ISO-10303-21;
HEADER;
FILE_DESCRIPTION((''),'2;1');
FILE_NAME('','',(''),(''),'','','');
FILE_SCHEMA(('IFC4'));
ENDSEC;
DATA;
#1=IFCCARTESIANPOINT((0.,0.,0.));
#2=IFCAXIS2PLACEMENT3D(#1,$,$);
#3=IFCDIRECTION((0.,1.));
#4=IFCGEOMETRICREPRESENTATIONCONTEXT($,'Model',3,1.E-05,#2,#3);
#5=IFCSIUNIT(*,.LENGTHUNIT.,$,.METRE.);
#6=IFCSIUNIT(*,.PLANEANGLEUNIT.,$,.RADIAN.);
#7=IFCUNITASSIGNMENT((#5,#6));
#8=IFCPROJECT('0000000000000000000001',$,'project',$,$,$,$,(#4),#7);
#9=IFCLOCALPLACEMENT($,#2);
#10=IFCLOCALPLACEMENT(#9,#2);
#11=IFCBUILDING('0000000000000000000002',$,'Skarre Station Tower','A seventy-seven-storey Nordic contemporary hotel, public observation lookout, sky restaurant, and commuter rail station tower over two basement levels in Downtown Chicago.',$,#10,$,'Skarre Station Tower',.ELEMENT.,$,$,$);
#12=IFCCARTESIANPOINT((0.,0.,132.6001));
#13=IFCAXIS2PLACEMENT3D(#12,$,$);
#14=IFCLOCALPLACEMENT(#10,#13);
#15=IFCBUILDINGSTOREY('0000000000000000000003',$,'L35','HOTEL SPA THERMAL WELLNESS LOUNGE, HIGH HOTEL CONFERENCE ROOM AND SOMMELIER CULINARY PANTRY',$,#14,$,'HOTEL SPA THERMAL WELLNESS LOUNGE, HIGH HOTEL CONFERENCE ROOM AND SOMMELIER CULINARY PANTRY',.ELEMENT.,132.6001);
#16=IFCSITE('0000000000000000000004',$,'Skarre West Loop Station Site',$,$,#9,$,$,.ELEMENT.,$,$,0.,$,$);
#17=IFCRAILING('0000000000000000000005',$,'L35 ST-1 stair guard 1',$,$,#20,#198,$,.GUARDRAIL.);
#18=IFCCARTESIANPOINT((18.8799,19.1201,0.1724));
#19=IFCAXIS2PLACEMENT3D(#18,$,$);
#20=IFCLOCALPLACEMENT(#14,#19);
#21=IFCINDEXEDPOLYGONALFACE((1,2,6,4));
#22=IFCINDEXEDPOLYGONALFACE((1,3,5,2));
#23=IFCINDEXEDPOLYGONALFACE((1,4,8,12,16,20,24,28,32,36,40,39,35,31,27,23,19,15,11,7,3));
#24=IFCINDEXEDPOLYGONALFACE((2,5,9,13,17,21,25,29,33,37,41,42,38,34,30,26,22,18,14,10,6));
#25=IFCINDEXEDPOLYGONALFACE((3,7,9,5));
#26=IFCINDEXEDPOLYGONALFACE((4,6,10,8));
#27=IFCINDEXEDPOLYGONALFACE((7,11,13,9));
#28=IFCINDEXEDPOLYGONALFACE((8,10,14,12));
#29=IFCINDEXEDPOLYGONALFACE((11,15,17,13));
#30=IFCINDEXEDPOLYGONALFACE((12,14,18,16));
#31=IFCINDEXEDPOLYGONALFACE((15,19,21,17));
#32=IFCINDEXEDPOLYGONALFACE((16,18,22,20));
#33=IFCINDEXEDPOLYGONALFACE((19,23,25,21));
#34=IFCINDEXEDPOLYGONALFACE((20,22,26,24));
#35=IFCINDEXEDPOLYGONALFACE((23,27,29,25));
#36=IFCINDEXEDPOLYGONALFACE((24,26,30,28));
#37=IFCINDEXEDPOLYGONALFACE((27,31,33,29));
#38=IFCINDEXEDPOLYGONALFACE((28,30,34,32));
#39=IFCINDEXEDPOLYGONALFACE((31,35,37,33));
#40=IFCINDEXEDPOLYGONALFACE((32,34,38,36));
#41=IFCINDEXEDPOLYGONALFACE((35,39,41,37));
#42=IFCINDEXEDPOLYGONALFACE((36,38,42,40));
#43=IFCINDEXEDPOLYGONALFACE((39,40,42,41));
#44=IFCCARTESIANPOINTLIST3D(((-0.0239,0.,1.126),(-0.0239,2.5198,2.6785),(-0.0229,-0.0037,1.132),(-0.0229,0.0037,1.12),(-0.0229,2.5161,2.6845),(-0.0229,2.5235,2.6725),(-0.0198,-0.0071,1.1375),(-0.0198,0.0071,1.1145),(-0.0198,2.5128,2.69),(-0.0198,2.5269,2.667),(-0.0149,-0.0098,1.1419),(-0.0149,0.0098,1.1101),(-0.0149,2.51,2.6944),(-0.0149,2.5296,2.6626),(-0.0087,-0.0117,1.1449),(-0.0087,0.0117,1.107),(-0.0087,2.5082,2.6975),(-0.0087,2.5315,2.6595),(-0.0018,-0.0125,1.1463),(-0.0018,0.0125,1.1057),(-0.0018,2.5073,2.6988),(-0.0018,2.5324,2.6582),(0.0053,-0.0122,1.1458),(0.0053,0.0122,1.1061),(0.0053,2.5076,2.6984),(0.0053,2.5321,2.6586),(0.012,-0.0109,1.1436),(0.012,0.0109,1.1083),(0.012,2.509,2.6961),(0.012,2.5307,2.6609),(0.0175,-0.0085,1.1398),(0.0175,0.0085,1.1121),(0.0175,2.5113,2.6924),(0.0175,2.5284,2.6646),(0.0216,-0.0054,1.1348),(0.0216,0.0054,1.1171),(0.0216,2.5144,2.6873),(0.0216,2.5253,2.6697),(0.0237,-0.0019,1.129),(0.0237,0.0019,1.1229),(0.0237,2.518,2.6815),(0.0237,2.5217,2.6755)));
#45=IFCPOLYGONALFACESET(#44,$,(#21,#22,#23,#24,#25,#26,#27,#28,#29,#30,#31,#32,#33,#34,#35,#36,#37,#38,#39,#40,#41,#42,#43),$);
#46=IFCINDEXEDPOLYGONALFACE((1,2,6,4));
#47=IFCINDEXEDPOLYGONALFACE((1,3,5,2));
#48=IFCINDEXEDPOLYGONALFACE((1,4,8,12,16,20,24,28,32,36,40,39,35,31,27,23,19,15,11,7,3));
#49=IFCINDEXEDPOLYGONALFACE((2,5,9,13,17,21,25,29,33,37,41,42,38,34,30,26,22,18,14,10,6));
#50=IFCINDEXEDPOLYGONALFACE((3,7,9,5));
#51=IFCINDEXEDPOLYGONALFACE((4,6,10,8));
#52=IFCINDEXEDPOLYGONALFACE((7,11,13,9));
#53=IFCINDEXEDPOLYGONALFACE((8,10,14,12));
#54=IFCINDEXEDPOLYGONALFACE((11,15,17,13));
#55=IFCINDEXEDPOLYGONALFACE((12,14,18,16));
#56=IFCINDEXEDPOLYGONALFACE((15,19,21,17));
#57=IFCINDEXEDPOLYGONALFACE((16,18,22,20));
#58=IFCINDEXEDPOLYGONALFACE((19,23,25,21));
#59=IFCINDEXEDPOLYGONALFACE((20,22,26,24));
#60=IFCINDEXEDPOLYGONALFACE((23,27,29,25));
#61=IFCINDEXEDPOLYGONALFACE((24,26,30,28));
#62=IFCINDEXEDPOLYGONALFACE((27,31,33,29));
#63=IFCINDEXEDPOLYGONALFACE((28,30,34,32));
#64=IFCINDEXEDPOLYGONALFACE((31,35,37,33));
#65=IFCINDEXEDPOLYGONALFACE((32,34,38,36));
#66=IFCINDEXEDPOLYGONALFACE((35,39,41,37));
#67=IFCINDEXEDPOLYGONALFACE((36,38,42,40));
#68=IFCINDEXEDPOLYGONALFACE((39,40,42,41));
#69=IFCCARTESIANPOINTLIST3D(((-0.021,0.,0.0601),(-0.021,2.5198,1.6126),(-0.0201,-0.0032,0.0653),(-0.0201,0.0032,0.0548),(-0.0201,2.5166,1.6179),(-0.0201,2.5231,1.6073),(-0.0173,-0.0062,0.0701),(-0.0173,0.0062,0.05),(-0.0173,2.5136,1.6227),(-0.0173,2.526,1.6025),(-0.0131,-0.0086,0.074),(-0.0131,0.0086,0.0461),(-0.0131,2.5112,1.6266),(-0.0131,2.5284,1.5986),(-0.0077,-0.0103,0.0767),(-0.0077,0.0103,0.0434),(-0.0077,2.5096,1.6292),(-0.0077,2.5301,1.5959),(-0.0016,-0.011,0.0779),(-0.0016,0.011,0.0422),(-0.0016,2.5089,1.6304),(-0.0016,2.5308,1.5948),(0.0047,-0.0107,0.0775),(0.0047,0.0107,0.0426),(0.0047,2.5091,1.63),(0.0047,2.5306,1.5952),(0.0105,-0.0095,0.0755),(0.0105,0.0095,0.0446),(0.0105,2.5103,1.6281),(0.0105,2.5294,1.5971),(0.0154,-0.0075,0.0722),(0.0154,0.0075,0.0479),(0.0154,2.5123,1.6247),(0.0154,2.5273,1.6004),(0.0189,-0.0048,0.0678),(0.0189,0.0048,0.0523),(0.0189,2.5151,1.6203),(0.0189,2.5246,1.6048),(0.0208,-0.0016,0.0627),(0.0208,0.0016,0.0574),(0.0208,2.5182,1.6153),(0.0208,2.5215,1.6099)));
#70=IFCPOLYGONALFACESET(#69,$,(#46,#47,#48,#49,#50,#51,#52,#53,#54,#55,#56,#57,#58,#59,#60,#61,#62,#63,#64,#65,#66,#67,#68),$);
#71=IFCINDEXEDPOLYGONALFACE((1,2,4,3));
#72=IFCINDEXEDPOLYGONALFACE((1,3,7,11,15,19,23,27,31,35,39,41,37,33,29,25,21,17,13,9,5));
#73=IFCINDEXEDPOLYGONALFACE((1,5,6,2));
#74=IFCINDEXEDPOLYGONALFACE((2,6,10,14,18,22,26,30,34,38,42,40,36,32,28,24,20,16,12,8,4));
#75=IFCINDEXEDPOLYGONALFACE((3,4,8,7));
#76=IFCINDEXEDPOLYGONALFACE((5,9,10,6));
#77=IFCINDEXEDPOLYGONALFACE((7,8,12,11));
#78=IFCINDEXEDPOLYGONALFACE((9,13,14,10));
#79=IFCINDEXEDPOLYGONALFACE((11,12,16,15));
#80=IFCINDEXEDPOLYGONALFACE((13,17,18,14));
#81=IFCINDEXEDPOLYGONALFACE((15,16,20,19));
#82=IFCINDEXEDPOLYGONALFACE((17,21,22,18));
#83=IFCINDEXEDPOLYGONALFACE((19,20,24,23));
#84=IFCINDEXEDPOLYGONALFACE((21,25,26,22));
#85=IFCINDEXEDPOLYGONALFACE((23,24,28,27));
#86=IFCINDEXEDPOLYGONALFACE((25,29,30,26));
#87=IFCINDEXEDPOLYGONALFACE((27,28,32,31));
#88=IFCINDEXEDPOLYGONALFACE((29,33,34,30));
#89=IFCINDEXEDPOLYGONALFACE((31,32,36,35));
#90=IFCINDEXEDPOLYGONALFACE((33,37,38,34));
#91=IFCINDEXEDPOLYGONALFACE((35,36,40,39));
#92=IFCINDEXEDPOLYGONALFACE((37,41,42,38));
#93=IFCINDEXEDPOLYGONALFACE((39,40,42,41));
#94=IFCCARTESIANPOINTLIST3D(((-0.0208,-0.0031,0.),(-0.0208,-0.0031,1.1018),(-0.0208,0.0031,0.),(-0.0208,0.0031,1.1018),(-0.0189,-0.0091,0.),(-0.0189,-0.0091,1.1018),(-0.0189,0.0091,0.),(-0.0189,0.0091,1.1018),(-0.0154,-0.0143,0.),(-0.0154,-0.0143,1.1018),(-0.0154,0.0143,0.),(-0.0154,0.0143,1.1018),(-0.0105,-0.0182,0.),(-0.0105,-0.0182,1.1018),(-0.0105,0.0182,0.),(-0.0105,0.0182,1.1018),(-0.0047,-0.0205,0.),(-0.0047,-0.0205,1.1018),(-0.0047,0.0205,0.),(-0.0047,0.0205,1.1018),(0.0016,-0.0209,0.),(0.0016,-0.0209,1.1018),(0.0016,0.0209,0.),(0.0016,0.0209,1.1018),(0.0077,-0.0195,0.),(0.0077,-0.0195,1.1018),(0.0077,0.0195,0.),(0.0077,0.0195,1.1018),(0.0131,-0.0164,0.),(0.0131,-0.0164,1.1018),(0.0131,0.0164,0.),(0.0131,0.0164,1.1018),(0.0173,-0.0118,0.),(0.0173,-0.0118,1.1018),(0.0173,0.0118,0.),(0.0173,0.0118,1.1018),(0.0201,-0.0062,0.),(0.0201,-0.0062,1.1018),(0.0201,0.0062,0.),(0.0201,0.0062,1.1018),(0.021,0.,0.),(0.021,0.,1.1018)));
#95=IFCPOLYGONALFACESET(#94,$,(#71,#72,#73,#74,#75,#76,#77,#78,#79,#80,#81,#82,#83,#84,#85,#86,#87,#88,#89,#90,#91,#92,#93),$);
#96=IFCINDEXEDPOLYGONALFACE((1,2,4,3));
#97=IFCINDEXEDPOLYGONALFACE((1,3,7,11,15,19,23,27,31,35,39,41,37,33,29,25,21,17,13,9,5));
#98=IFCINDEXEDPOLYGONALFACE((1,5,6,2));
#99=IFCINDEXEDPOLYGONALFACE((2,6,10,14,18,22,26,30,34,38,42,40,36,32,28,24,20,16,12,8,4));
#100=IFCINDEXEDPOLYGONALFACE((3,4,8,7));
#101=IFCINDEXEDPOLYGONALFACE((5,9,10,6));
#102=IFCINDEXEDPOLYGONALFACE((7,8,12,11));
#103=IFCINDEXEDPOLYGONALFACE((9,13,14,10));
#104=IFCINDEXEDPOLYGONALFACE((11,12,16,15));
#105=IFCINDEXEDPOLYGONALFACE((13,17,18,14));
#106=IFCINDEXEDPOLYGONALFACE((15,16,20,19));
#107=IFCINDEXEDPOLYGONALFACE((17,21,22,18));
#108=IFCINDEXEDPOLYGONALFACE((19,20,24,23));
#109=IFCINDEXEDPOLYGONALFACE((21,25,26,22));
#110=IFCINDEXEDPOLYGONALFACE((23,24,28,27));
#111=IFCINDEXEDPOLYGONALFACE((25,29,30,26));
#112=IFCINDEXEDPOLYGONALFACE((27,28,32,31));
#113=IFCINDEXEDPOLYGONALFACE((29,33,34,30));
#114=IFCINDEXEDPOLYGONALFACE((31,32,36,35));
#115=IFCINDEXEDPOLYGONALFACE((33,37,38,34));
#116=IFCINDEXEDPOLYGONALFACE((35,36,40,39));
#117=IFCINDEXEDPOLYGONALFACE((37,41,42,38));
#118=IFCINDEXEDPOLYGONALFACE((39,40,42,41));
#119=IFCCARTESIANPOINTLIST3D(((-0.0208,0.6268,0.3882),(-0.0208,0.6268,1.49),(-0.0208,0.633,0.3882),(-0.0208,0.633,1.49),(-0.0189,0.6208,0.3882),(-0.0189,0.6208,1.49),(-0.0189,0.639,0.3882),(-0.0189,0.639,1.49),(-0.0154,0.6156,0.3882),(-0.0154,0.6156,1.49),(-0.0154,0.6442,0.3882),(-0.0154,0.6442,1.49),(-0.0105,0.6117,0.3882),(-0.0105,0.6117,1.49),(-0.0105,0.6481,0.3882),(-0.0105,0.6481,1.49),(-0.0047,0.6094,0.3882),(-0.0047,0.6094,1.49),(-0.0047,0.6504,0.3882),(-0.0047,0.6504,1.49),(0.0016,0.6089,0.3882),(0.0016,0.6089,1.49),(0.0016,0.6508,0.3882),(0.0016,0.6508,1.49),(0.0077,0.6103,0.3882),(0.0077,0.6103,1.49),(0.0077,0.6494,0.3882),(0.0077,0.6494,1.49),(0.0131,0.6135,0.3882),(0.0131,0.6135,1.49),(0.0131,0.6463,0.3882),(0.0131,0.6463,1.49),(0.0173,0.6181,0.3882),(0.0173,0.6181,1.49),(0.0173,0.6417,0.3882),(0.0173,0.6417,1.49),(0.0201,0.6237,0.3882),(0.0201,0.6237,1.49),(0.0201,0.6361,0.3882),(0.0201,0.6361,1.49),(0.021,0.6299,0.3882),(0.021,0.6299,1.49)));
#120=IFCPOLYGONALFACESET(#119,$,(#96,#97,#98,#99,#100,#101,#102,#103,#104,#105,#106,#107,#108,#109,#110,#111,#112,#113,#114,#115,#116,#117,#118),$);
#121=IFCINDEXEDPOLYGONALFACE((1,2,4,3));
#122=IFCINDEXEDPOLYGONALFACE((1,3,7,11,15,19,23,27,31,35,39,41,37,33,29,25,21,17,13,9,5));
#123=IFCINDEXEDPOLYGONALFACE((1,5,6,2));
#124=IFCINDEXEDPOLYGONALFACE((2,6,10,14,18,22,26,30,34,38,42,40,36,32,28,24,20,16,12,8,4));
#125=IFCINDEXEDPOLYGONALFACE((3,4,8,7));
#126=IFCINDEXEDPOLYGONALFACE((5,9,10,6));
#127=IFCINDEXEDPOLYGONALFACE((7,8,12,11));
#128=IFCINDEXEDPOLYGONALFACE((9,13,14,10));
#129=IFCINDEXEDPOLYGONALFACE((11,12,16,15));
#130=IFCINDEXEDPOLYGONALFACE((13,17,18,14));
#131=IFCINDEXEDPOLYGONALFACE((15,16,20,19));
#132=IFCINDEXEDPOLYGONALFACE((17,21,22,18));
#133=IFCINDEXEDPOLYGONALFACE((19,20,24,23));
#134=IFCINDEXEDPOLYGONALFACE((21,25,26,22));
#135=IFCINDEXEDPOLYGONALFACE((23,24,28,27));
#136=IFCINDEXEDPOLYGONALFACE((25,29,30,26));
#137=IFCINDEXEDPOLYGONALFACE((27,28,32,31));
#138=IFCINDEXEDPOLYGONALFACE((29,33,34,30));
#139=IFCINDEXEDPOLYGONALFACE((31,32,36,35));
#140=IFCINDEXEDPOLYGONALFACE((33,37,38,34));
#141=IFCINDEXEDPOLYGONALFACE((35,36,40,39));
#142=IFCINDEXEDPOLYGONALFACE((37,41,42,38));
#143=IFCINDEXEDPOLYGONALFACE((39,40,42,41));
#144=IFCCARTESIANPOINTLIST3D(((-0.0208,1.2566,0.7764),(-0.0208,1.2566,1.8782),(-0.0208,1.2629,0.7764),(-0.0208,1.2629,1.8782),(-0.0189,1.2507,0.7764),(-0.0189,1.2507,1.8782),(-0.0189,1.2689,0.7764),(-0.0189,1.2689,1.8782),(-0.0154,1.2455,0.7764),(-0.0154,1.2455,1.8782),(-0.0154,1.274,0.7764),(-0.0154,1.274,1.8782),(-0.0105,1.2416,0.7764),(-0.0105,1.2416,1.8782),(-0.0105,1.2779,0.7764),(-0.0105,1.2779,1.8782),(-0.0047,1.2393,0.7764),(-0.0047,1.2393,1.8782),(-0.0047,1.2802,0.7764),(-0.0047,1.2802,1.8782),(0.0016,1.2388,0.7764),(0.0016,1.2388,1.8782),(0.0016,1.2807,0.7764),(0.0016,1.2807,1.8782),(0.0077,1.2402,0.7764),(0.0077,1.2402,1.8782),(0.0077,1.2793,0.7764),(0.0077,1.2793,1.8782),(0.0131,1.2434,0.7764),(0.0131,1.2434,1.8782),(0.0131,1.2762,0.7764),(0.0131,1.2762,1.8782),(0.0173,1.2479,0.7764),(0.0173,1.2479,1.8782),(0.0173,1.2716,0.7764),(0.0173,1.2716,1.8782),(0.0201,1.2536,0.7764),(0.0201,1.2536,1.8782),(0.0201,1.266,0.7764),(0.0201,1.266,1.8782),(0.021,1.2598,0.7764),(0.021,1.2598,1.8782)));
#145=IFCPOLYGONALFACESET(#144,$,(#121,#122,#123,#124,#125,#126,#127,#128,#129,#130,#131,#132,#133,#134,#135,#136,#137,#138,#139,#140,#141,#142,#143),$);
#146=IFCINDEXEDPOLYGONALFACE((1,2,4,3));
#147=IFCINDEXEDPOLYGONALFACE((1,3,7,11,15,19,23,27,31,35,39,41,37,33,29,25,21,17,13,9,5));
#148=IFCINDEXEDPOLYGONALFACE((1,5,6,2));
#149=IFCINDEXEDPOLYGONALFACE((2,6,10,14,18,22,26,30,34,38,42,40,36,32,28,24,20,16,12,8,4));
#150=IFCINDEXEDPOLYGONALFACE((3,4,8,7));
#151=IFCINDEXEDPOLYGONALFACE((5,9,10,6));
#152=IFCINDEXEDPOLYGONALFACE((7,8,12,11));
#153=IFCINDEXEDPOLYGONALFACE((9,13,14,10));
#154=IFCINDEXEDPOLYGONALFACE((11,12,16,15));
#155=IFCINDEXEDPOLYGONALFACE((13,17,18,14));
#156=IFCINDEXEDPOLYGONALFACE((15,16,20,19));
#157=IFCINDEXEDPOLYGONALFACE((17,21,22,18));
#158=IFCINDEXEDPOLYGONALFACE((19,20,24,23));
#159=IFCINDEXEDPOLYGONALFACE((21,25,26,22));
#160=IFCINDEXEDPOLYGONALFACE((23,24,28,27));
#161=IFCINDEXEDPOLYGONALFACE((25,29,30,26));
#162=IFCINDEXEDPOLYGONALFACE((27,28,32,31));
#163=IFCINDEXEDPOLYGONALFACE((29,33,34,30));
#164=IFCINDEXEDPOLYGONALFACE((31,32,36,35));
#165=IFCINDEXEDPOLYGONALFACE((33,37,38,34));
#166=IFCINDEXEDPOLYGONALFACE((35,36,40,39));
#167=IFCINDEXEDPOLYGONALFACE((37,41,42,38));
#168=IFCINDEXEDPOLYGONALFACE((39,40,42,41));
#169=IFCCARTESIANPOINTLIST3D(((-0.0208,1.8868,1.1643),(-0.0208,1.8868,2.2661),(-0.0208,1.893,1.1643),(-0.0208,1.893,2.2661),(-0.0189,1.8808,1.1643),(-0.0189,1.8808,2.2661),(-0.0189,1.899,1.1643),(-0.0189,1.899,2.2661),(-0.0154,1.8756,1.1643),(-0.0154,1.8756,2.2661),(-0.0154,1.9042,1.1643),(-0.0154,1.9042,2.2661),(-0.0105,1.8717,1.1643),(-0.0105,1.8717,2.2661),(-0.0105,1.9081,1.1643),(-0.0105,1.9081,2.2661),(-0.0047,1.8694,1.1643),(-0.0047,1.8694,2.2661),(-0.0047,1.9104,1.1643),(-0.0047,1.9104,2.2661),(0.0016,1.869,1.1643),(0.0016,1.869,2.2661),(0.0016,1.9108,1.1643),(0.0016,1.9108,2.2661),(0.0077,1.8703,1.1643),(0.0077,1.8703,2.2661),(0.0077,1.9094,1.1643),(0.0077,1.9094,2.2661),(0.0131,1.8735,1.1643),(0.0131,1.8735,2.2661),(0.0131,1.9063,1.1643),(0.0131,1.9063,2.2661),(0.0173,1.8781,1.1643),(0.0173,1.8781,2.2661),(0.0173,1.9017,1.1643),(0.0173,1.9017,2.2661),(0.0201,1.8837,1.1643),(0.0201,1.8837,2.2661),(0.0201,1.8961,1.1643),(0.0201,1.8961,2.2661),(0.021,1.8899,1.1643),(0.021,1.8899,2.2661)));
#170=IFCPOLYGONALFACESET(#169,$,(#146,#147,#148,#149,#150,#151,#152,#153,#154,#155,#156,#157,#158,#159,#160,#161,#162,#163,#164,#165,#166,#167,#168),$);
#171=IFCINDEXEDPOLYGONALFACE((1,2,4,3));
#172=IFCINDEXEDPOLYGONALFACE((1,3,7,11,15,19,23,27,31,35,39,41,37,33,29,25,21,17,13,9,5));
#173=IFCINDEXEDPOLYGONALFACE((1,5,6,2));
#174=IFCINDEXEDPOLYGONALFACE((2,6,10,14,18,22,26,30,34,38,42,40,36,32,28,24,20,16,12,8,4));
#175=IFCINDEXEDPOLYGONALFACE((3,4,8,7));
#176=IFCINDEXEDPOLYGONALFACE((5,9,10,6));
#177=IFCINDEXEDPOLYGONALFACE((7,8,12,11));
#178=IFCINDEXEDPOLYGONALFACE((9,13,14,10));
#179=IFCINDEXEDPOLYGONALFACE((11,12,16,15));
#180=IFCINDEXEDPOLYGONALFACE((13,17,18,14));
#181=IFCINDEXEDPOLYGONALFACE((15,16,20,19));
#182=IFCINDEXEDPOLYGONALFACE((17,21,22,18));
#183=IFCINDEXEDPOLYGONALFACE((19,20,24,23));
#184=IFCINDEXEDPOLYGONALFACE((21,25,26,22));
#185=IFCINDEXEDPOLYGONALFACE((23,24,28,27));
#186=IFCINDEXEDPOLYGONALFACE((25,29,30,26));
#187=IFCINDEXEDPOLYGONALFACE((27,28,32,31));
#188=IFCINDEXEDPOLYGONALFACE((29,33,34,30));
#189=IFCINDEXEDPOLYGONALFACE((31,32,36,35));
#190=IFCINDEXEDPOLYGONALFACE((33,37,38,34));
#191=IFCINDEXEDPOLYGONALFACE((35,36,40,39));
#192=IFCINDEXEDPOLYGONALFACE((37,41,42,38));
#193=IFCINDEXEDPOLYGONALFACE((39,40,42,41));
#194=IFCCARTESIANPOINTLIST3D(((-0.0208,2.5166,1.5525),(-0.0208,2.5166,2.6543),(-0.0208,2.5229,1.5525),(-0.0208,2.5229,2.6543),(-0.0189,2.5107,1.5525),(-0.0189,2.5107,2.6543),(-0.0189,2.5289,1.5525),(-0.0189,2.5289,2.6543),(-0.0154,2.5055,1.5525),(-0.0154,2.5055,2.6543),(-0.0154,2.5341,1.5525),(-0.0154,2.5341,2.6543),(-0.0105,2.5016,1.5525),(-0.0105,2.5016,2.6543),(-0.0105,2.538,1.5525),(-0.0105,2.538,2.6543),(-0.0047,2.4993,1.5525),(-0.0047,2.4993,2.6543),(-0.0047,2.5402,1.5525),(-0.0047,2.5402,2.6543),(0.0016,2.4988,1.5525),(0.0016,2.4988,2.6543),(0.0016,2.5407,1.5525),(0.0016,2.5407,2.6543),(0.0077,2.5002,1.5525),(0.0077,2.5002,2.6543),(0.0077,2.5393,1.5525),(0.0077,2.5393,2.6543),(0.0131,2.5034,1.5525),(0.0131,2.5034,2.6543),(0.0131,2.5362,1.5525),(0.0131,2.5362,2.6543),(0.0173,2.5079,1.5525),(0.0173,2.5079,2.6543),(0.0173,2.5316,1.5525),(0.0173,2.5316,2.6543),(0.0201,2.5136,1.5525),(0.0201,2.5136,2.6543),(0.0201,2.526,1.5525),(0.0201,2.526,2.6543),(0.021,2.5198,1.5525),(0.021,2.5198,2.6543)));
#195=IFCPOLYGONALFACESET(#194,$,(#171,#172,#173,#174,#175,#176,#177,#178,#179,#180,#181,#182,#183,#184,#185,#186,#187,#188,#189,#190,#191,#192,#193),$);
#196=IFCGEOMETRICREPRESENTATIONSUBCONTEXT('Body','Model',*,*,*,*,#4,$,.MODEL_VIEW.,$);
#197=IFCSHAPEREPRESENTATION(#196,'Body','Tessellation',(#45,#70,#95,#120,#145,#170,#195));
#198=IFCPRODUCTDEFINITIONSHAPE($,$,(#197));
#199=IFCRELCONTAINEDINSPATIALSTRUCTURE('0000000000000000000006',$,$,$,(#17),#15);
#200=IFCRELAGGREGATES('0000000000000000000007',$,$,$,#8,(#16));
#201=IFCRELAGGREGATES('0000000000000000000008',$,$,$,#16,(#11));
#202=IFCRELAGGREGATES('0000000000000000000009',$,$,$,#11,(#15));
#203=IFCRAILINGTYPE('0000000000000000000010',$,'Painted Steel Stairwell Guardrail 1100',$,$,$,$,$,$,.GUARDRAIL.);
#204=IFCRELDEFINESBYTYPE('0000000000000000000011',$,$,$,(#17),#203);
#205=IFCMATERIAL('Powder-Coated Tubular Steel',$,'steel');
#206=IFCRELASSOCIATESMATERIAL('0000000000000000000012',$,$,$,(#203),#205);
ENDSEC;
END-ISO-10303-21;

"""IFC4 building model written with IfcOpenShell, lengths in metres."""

from ifc_helpers import new_model, si_unit, direction, frame, origin, origin_2d, place, context, subcontext, project, spatial, circle, extrude, material, type_object, element, save


model = new_model("IFC4")

# Units and contexts
model_context = context("Model", 3, precision=1e-05, world=origin(), true_north=direction((0.0, 1.0)))
body_context = subcontext(model_context, "Body", "Model", "MODEL_VIEW")
ifc_project = project(units=[si_unit("LENGTHUNIT", "METRE"), si_unit("PLANEANGLEUNIT", "RADIAN")], contexts=[model_context])

# Site, building, storey
site_placement = place(None, origin())
site = spatial("IfcSite", under=ifc_project, at=site_placement, Name="Skarre West Loop Station Site", CompositionType="ELEMENT", RefElevation=0.0)
building_placement = place(site_placement, origin())
building = spatial("IfcBuilding", under=site, at=building_placement, Name="Skarre Station Tower", Description="A seventy-seven-storey Nordic contemporary hotel, public observation lookout, sky restaurant, and commuter rail station tower over two basement levels in Downtown Chicago.", LongName="Skarre Station Tower", CompositionType="ELEMENT")
storey_placement = place(building_placement, frame((0.0, 0.0, 132.6001)))
storey = spatial("IfcBuildingStorey", under=building, at=storey_placement, Name="L35", Description="HOTEL SPA THERMAL WELLNESS LOUNGE, HIGH HOTEL CONFERENCE ROOM AND SOMMELIER CULINARY PANTRY", LongName="HOTEL SPA THERMAL WELLNESS LOUNGE, HIGH HOTEL CONFERENCE ROOM AND SOMMELIER CULINARY PANTRY", CompositionType="ELEMENT", Elevation=132.6001)

# Railing
ifc_material_1 = material(Name="Powder-Coated Tubular Steel", Category="steel")
railing_type_1 = type_object("IfcRailingType", Name="Painted Steel Stairwell Guardrail 1100", PredefinedType="GUARDRAIL", material=ifc_material_1)
railing_1_placement = place(storey_placement, frame((18.8799, 19.1201, 0.1724)))
element("IfcRailing", 1, at=railing_1_placement, inside=storey, type_object=railing_type_1, Name="L35 ST-1 stair guard 1", PredefinedType="GUARDRAIL", context=body_context, shape_type="SweptSolid", body=[
    extrude(circle(Radius=0.0239, at=origin_2d()), frame((0.0, 0.0, 1.126), z_axis=(0.0, 0.851378, 0.524553), x_axis=(-1.0, 0.0, 0.0)), (0.0, 0.0, 1.0), 2.9597),
    extrude(circle(Radius=0.021, at=origin_2d()), frame((0.0, 0.0, 0.0601), z_axis=(0.0, 0.851378, 0.524553), x_axis=(-1.0, 0.0, 0.0)), (0.0, 0.0, 1.0), 2.9597),
    extrude(circle(Radius=0.021, at=origin_2d()), origin(), (0.0, 0.0, 1.0), 1.1018),
    extrude(circle(Radius=0.021, at=origin_2d()), frame((0.0, 0.6299, 0.3882)), (0.0, 0.0, 1.0), 1.1018),
    extrude(circle(Radius=0.021, at=origin_2d()), frame((0.0, 1.2598, 0.7764)), (0.0, 0.0, 1.0), 1.1018),
    extrude(circle(Radius=0.021, at=origin_2d()), frame((0.0, 1.8899, 1.1643)), (0.0, 0.0, 1.0), 1.1018),
    extrude(circle(Radius=0.021, at=origin_2d()), frame((0.0, 2.5198, 1.5525)), (0.0, 0.0, 1.0), 1.1018),
])

save(model, "model.ifc")
